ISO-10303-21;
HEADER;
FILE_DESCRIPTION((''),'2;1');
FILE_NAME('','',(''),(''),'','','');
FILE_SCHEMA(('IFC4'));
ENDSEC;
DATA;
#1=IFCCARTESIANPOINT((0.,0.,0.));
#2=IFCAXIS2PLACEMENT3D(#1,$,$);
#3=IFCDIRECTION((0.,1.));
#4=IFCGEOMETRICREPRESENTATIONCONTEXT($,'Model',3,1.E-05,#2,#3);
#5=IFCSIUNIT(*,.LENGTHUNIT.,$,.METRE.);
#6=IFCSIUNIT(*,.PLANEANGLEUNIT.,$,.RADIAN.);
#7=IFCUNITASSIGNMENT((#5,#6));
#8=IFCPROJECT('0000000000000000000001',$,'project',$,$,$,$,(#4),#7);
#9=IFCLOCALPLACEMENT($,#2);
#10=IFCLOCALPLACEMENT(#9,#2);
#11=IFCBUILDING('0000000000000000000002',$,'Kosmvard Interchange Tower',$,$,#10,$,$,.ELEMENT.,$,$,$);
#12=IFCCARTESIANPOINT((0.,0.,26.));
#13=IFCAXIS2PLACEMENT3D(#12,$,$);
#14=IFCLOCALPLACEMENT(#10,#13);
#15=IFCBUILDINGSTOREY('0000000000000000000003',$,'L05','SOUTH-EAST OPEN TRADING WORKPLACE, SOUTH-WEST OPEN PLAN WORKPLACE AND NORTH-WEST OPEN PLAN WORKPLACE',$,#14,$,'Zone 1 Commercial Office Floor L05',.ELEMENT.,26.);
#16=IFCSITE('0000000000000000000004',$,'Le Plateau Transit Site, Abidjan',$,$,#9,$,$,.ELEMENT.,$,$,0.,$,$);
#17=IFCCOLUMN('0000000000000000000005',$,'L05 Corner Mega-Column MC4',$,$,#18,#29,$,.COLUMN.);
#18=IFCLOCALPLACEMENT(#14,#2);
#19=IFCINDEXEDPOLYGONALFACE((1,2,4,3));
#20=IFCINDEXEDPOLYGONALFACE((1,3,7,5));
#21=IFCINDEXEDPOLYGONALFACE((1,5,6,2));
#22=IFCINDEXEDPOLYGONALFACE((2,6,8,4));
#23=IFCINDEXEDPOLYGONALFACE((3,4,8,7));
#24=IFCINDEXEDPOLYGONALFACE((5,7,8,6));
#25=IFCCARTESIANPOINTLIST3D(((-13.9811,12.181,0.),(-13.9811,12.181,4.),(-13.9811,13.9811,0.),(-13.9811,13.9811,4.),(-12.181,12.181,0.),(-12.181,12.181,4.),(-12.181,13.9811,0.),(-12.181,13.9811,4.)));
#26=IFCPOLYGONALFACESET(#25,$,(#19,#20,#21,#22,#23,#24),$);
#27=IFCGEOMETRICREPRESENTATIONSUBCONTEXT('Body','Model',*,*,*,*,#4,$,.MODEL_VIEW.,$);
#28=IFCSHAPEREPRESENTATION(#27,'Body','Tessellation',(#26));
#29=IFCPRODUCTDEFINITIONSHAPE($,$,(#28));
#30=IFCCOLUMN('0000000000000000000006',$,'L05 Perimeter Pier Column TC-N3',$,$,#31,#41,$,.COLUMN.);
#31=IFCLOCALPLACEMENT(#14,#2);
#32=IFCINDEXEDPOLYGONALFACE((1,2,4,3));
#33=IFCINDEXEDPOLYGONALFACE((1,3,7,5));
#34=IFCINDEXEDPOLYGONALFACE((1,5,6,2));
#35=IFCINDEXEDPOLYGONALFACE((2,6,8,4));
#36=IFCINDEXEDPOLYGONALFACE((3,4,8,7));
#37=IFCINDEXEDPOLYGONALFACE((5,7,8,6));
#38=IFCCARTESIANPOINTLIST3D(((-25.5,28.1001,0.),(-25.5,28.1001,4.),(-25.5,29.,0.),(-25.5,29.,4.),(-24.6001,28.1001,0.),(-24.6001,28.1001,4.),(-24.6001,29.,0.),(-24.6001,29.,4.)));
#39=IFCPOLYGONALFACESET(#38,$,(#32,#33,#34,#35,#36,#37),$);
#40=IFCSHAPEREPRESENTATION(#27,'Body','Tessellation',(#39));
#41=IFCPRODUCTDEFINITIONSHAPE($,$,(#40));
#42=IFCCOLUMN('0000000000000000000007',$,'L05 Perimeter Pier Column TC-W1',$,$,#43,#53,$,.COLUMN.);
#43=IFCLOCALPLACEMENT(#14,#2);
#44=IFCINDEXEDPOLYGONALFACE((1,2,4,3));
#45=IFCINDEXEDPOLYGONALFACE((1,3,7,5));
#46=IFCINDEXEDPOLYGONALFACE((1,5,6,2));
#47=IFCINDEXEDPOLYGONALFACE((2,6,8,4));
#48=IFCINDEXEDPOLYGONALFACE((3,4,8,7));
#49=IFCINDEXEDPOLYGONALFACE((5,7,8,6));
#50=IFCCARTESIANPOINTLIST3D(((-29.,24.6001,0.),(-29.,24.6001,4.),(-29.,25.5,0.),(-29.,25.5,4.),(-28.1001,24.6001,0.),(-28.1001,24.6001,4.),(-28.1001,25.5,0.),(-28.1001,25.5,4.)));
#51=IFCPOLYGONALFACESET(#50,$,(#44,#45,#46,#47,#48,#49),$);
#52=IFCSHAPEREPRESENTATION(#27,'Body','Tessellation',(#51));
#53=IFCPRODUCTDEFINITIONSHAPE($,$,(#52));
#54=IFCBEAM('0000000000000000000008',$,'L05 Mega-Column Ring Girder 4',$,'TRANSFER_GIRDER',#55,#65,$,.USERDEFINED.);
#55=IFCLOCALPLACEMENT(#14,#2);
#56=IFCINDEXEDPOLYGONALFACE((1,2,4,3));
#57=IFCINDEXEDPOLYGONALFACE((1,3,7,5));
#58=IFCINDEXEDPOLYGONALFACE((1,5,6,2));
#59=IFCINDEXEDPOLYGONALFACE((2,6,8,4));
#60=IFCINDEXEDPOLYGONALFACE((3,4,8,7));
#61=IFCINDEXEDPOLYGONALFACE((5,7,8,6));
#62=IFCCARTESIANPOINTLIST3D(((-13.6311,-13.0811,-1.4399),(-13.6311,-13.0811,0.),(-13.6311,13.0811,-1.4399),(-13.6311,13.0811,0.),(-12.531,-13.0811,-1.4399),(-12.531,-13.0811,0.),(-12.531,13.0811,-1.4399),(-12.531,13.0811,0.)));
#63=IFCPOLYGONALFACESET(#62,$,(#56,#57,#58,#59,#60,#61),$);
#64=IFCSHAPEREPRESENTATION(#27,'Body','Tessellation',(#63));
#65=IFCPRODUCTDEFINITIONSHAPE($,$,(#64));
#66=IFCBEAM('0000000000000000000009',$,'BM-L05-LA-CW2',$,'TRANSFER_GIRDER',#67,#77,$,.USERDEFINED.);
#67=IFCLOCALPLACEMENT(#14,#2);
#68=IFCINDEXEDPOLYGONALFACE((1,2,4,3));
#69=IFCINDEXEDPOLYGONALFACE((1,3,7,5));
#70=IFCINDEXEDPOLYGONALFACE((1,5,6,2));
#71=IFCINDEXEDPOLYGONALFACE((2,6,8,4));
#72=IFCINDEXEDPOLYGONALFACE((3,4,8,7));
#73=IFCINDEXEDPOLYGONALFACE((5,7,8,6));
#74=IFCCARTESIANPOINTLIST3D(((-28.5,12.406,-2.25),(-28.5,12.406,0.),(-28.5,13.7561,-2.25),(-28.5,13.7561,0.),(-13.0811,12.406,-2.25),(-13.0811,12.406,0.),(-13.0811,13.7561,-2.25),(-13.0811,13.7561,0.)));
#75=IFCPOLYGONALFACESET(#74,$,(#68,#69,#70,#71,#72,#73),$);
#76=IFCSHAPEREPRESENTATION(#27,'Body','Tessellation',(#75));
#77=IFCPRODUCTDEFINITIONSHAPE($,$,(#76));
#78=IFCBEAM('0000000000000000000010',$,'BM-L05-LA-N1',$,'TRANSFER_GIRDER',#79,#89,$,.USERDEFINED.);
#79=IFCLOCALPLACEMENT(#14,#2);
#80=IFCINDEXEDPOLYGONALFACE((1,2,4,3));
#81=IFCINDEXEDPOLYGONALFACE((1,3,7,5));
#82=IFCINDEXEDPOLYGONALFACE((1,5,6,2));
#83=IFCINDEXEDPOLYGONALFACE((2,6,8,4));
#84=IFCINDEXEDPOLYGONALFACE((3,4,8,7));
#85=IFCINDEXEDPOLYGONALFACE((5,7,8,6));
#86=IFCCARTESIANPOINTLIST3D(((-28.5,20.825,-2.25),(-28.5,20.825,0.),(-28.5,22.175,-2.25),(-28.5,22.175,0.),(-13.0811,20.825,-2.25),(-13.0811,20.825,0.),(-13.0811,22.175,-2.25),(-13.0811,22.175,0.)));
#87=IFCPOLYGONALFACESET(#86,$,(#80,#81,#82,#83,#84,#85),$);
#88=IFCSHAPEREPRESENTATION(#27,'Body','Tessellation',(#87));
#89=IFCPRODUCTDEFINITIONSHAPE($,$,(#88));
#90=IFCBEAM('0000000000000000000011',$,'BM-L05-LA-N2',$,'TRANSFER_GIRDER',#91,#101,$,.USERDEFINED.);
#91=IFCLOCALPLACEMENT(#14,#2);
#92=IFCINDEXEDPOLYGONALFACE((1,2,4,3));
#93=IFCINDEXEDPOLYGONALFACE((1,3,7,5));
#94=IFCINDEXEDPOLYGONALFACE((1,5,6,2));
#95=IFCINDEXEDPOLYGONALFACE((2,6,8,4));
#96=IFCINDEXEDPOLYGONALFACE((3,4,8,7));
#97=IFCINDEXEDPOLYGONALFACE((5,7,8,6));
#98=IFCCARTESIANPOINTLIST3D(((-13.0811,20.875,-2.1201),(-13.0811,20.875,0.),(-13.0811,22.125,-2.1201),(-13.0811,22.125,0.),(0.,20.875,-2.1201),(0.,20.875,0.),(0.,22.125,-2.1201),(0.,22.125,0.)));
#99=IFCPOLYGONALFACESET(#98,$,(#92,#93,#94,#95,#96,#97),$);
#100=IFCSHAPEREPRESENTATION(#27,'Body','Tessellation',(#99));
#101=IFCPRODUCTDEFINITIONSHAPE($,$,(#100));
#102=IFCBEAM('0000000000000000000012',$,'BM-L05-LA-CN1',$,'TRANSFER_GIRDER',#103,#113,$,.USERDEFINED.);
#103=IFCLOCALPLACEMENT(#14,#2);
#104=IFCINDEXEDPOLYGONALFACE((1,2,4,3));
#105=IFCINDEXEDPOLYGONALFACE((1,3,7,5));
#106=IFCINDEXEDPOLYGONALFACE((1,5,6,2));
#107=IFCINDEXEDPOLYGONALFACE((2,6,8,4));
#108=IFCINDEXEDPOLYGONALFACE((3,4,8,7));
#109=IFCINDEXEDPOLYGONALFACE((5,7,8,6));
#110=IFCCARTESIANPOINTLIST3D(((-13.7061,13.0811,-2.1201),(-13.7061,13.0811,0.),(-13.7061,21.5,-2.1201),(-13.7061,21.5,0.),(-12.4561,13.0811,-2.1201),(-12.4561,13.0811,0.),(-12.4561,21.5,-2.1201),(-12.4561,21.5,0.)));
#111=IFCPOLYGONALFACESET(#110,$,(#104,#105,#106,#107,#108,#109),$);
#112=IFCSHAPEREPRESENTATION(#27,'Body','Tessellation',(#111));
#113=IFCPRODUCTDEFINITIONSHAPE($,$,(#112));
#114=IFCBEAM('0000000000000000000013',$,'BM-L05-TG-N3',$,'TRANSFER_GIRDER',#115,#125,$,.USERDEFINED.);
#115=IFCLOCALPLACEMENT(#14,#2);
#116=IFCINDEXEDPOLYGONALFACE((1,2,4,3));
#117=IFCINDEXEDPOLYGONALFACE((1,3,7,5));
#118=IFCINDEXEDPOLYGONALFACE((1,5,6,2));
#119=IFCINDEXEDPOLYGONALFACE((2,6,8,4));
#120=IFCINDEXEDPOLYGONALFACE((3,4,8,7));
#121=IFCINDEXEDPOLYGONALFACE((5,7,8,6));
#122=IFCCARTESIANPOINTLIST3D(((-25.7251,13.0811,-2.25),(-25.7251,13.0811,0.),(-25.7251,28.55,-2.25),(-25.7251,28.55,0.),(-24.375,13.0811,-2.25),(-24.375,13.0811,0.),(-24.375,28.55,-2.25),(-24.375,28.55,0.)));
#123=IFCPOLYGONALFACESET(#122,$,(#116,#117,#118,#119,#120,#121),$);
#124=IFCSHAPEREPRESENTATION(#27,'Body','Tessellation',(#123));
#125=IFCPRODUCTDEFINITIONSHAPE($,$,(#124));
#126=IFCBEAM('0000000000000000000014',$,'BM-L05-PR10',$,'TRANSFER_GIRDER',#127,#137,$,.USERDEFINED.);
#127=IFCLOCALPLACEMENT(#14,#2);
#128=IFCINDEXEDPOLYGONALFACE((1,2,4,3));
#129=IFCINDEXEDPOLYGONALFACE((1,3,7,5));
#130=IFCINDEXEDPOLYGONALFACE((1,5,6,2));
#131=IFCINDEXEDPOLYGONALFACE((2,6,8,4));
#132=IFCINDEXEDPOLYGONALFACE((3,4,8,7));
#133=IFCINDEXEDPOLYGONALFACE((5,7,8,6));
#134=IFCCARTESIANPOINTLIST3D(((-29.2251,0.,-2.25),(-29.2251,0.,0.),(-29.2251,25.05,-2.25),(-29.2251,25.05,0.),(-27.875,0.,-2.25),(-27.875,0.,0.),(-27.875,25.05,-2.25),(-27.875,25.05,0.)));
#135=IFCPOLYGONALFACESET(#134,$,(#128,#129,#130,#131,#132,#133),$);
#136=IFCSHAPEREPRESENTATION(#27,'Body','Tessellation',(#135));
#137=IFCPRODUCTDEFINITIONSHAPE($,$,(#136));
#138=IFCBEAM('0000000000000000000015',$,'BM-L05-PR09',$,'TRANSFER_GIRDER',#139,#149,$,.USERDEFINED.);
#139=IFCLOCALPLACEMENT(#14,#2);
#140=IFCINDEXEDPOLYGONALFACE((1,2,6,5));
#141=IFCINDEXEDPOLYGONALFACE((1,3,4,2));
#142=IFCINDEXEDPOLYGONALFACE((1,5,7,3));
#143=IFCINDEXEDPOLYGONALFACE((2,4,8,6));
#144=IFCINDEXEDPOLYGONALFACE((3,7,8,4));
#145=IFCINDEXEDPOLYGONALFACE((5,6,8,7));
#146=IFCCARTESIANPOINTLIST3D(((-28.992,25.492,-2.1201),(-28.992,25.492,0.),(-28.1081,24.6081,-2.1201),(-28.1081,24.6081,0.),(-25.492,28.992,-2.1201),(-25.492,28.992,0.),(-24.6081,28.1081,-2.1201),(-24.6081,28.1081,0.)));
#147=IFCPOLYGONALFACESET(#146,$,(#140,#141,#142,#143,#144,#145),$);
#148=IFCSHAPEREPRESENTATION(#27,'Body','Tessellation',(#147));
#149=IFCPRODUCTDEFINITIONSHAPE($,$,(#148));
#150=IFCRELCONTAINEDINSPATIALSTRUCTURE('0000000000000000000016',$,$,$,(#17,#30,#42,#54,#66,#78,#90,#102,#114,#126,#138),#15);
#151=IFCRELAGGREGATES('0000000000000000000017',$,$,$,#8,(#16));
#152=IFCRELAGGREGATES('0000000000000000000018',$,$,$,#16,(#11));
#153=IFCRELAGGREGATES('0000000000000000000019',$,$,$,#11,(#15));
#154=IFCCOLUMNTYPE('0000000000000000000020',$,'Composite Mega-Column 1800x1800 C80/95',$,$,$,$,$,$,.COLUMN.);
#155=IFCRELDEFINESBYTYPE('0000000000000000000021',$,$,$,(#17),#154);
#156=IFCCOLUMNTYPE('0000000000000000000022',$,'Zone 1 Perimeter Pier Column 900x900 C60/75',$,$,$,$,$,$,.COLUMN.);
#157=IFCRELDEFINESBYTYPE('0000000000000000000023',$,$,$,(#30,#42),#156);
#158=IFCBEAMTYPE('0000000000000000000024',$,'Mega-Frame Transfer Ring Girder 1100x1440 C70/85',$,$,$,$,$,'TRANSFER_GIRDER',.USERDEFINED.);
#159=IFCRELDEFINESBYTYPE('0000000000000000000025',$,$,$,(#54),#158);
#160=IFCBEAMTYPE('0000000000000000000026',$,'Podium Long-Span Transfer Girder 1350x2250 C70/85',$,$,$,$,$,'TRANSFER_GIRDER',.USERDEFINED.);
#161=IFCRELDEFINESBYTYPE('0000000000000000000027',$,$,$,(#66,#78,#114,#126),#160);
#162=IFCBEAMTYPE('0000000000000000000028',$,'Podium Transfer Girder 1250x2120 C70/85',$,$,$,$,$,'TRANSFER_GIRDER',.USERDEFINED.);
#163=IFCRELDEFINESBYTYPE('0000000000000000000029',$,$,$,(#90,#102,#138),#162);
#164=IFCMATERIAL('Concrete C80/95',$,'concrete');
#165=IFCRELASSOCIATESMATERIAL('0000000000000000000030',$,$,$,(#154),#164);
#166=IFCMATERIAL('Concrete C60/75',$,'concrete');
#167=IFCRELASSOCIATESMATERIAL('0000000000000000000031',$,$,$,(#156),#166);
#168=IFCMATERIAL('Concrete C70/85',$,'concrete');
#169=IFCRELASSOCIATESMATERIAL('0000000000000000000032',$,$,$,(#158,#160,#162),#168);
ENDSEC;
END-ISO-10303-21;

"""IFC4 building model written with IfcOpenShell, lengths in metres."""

from ifc_helpers import new_model, si_unit, direction, frame, origin, origin_2d, place, context, subcontext, project, spatial, rectangle, extrude, source, transform, mapped, material, material_profile, profile_set, type_object, element, save


model = new_model("IFC4")

# Units and contexts
model_context = context("Model", 3, precision=1e-05, world=origin(), true_north=direction((0.0, 1.0)))
body_context = subcontext(model_context, "Body", "Model", "MODEL_VIEW")
ifc_project = project(units=[si_unit("LENGTHUNIT", "METRE"), si_unit("PLANEANGLEUNIT", "RADIAN")], contexts=[model_context])

# Site, building, storey
site_placement = place(None, origin())
site = spatial("IfcSite", under=ifc_project, at=site_placement, Name="Le Plateau Transit Site, Abidjan", CompositionType="ELEMENT", RefElevation=0.0)
building_placement = place(site_placement, origin())
building = spatial("IfcBuilding", under=site, at=building_placement, Name="Kosmvard Interchange Tower", CompositionType="ELEMENT")
storey_placement = place(building_placement, frame((0.0, 0.0, 26.0)))
storey = spatial("IfcBuildingStorey", under=building, at=storey_placement, Name="L05", Description="SOUTH-EAST OPEN TRADING WORKPLACE, SOUTH-WEST OPEN PLAN WORKPLACE AND NORTH-WEST OPEN PLAN WORKPLACE", LongName="Zone 1 Commercial Office Floor L05", CompositionType="ELEMENT", Elevation=26.0)

# Columns
ifc_material_1 = material(Name="Concrete C80/95", Category="concrete")
ifc_material_profile_1 = material_profile(ifc_material_1, rectangle(XDim=1.8, YDim=1.8, at=origin_2d()), Name="MC 1800x1800")
ifc_profile_set_1 = profile_set([ifc_material_profile_1], Name="Concrete C80/95")
column_type_1 = type_object("IfcColumnType", Name="Composite Mega-Column 1800x1800 C80/95", PredefinedType="COLUMN", material=ifc_profile_set_1)
shared_shape_1 = source(origin(), body_context, "Body", "SweptSolid", [
    extrude(rectangle(XDim=1.8, YDim=1.8, at=origin_2d()), origin(), (0.0, 0.0, 1.0), 4.0),
])
column_placement = place(storey_placement, frame((-13.0811, 13.0811, 0.0), z_axis=(0.0, 0.0, 1.0), x_axis=(1.0, 0.0, 0.0)))
element("IfcColumn", 1, at=column_placement, inside=storey, type_object=column_type_1, Name="L05 Corner Mega-Column MC4", PredefinedType="COLUMN", context=body_context, shape_type="MappedRepresentation", body=[
    mapped(shared_shape_1, transform((0.0, 0.0, 0.0), scale=1.0)),
])
ifc_material_2 = material(Name="Concrete C60/75", Category="concrete")
ifc_material_profile_2 = material_profile(ifc_material_2, rectangle(XDim=0.8999, YDim=0.8999, at=origin_2d()), Name="TC 900x900")
ifc_profile_set_2 = profile_set([ifc_material_profile_2], Name="Concrete C60/75")
column_type_2 = type_object("IfcColumnType", Name="Zone 1 Perimeter Pier Column 900x900 C60/75", PredefinedType="COLUMN", material=ifc_profile_set_2)
shared_shape_2 = source(origin(), body_context, "Body", "SweptSolid", [
    extrude(rectangle(XDim=0.8999, YDim=0.8999, at=origin_2d()), origin(), (0.0, 0.0, 1.0), 4.0),
])
for number, where, z_axis, x_axis, name in (
    (2, (-25.05, 28.55, 0.0), (0.0, 0.0, 1.0), (1.0, 0.0, 0.0), "L05 Perimeter Pier Column TC-N3"),
    (3, (-28.55, 25.05, 0.0), (0.0, 0.0, 1.0), (1.0, 0.0, 0.0), "L05 Perimeter Pier Column TC-W1"),
):
    element("IfcColumn", number, at=place(storey_placement, frame(where, z_axis=z_axis, x_axis=x_axis)), inside=storey, type_object=column_type_2, Name=name, PredefinedType="COLUMN", context=body_context, shape_type="MappedRepresentation", body=[
        mapped(shared_shape_2, transform((0.0, 0.0, 0.0), scale=1.0)),
    ])

# Beams
ifc_material_3 = material(Name="Concrete C70/85", Category="concrete")
ifc_material_profile_3 = material_profile(ifc_material_3, rectangle(XDim=1.1001, YDim=1.4399, at=origin_2d()), Name="TG 1100x1440")
ifc_profile_set_3 = profile_set([ifc_material_profile_3], Name="Concrete C70/85")
beam_type_1 = type_object("IfcBeamType", Name="Mega-Frame Transfer Ring Girder 1100x1440 C70/85", ElementType="TRANSFER_GIRDER", PredefinedType="USERDEFINED", material=ifc_profile_set_3)
shared_shape_3 = source(origin(), body_context, "Body", "SweptSolid", [
    extrude(rectangle(XDim=1.1001, YDim=1.4399, at=origin_2d()), origin(), (0.0, 0.0, 1.0), 26.1621),
])
beam_1_placement = place(storey_placement, frame((-13.0811, 13.0811, -0.72), z_axis=(0.0, -1.0, 0.0), x_axis=(1.0, 0.0, 0.0)))
element("IfcBeam", 4, at=beam_1_placement, inside=storey, type_object=beam_type_1, Name="L05 Mega-Column Ring Girder 4", ObjectType="TRANSFER_GIRDER", PredefinedType="USERDEFINED", context=body_context, shape_type="MappedRepresentation", body=[
    mapped(shared_shape_3, transform((0.0, 0.0, 0.0), scale=1.0)),
])
ifc_material_profile_4 = material_profile(ifc_material_3, rectangle(XDim=1.3501, YDim=2.25, at=origin_2d()), Name="TG 1350x2250")
ifc_profile_set_4 = profile_set([ifc_material_profile_4], Name="Concrete C70/85")
beam_type_2 = type_object("IfcBeamType", Name="Podium Long-Span Transfer Girder 1350x2250 C70/85", ElementType="TRANSFER_GIRDER", PredefinedType="USERDEFINED", material=ifc_profile_set_4)
shared_shape_4 = source(origin(), body_context, "Body", "SweptSolid", [
    extrude(rectangle(XDim=1.3501, YDim=2.25, at=origin_2d()), origin(), (0.0, 0.0, 1.0), 15.4189),
])
for number, where, z_axis, x_axis, name in (
    (5, (-28.5, 13.0811, -1.125), (1.0, 0.0, 0.0), (0.0, 1.0, 0.0), "BM-L05-LA-CW2"),
    (6, (-28.5, 21.5, -1.125), (1.0, 0.0, 0.0), (0.0, 1.0, 0.0), "BM-L05-LA-N1"),
):
    element("IfcBeam", number, at=place(storey_placement, frame(where, z_axis=z_axis, x_axis=x_axis)), inside=storey, type_object=beam_type_2, Name=name, ObjectType="TRANSFER_GIRDER", PredefinedType="USERDEFINED", context=body_context, shape_type="MappedRepresentation", body=[
        mapped(shared_shape_4, transform((0.0, 0.0, 0.0), scale=1.0)),
    ])
ifc_material_profile_5 = material_profile(ifc_material_3, rectangle(XDim=1.25, YDim=2.1201, at=origin_2d()), Name="TG 1250x2120")
ifc_profile_set_5 = profile_set([ifc_material_profile_5], Name="Concrete C70/85")
beam_type_3 = type_object("IfcBeamType", Name="Podium Transfer Girder 1250x2120 C70/85", ElementType="TRANSFER_GIRDER", PredefinedType="USERDEFINED", material=ifc_profile_set_5)
shared_shape_5 = source(origin(), body_context, "Body", "SweptSolid", [
    extrude(rectangle(XDim=1.25, YDim=2.1201, at=origin_2d()), origin(), (0.0, 0.0, 1.0), 13.0811),
])
beam_2_placement = place(storey_placement, frame((-13.0811, 21.5, -1.0601), z_axis=(1.0, 0.0, 0.0), x_axis=(0.0, 1.0, 0.0)))
element("IfcBeam", 7, at=beam_2_placement, inside=storey, type_object=beam_type_3, Name="BM-L05-LA-N2", ObjectType="TRANSFER_GIRDER", PredefinedType="USERDEFINED", context=body_context, shape_type="MappedRepresentation", body=[
    mapped(shared_shape_5, transform((0.0, 0.0, 0.0), scale=1.0)),
])
shared_shape_6 = source(origin(), body_context, "Body", "SweptSolid", [
    extrude(rectangle(XDim=1.25, YDim=2.1201, at=origin_2d()), origin(), (0.0, 0.0, 1.0), 8.4189),
])
beam_3_placement = place(storey_placement, frame((-13.0811, 21.5, -1.0601), z_axis=(0.0, -1.0, 0.0), x_axis=(1.0, 0.0, 0.0)))
element("IfcBeam", 8, at=beam_3_placement, inside=storey, type_object=beam_type_3, Name="BM-L05-LA-CN1", ObjectType="TRANSFER_GIRDER", PredefinedType="USERDEFINED", context=body_context, shape_type="MappedRepresentation", body=[
    mapped(shared_shape_6, transform((0.0, 0.0, 0.0), scale=1.0)),
])
shared_shape_7 = source(origin(), body_context, "Body", "SweptSolid", [
    extrude(rectangle(XDim=1.3501, YDim=2.25, at=origin_2d()), origin(), (0.0, 0.0, 1.0), 15.469),
])
beam_4_placement = place(storey_placement, frame((-25.05, 13.0811, -1.125), z_axis=(0.0, 1.0, 0.0), x_axis=(-1.0, 0.0, 0.0)))
element("IfcBeam", 9, at=beam_4_placement, inside=storey, type_object=beam_type_2, Name="BM-L05-TG-N3", ObjectType="TRANSFER_GIRDER", PredefinedType="USERDEFINED", context=body_context, shape_type="MappedRepresentation", body=[
    mapped(shared_shape_7, transform((0.0, 0.0, 0.0), scale=1.0)),
])
shared_shape_8 = source(origin(), body_context, "Body", "SweptSolid", [
    extrude(rectangle(XDim=1.3501, YDim=2.25, at=origin_2d()), origin(), (0.0, 0.0, 1.0), 25.05),
])
beam_5_placement = place(storey_placement, frame((-28.55, 25.05, -1.125), z_axis=(0.0, -1.0, 0.0), x_axis=(1.0, 0.0, 0.0)))
element("IfcBeam", 10, at=beam_5_placement, inside=storey, type_object=beam_type_2, Name="BM-L05-PR10", ObjectType="TRANSFER_GIRDER", PredefinedType="USERDEFINED", context=body_context, shape_type="MappedRepresentation", body=[
    mapped(shared_shape_8, transform((0.0, 0.0, 0.0), scale=1.0)),
])
shared_shape_9 = source(origin(), body_context, "Body", "SweptSolid", [
    extrude(rectangle(XDim=1.25, YDim=2.1201, at=origin_2d()), origin(), (0.0, 0.0, 1.0), 4.9497),
])
beam_6_placement = place(storey_placement, frame((-25.05, 28.55, -1.0601), z_axis=(-0.707107, -0.707107, 0.0), x_axis=(0.707107, -0.707107, 0.0)))
element("IfcBeam", 11, at=beam_6_placement, inside=storey, type_object=beam_type_3, Name="BM-L05-PR09", ObjectType="TRANSFER_GIRDER", PredefinedType="USERDEFINED", context=body_context, shape_type="MappedRepresentation", body=[
    mapped(shared_shape_9, transform((0.0, 0.0, 0.0), scale=1.0)),
])

save(model, "model.ifc")
